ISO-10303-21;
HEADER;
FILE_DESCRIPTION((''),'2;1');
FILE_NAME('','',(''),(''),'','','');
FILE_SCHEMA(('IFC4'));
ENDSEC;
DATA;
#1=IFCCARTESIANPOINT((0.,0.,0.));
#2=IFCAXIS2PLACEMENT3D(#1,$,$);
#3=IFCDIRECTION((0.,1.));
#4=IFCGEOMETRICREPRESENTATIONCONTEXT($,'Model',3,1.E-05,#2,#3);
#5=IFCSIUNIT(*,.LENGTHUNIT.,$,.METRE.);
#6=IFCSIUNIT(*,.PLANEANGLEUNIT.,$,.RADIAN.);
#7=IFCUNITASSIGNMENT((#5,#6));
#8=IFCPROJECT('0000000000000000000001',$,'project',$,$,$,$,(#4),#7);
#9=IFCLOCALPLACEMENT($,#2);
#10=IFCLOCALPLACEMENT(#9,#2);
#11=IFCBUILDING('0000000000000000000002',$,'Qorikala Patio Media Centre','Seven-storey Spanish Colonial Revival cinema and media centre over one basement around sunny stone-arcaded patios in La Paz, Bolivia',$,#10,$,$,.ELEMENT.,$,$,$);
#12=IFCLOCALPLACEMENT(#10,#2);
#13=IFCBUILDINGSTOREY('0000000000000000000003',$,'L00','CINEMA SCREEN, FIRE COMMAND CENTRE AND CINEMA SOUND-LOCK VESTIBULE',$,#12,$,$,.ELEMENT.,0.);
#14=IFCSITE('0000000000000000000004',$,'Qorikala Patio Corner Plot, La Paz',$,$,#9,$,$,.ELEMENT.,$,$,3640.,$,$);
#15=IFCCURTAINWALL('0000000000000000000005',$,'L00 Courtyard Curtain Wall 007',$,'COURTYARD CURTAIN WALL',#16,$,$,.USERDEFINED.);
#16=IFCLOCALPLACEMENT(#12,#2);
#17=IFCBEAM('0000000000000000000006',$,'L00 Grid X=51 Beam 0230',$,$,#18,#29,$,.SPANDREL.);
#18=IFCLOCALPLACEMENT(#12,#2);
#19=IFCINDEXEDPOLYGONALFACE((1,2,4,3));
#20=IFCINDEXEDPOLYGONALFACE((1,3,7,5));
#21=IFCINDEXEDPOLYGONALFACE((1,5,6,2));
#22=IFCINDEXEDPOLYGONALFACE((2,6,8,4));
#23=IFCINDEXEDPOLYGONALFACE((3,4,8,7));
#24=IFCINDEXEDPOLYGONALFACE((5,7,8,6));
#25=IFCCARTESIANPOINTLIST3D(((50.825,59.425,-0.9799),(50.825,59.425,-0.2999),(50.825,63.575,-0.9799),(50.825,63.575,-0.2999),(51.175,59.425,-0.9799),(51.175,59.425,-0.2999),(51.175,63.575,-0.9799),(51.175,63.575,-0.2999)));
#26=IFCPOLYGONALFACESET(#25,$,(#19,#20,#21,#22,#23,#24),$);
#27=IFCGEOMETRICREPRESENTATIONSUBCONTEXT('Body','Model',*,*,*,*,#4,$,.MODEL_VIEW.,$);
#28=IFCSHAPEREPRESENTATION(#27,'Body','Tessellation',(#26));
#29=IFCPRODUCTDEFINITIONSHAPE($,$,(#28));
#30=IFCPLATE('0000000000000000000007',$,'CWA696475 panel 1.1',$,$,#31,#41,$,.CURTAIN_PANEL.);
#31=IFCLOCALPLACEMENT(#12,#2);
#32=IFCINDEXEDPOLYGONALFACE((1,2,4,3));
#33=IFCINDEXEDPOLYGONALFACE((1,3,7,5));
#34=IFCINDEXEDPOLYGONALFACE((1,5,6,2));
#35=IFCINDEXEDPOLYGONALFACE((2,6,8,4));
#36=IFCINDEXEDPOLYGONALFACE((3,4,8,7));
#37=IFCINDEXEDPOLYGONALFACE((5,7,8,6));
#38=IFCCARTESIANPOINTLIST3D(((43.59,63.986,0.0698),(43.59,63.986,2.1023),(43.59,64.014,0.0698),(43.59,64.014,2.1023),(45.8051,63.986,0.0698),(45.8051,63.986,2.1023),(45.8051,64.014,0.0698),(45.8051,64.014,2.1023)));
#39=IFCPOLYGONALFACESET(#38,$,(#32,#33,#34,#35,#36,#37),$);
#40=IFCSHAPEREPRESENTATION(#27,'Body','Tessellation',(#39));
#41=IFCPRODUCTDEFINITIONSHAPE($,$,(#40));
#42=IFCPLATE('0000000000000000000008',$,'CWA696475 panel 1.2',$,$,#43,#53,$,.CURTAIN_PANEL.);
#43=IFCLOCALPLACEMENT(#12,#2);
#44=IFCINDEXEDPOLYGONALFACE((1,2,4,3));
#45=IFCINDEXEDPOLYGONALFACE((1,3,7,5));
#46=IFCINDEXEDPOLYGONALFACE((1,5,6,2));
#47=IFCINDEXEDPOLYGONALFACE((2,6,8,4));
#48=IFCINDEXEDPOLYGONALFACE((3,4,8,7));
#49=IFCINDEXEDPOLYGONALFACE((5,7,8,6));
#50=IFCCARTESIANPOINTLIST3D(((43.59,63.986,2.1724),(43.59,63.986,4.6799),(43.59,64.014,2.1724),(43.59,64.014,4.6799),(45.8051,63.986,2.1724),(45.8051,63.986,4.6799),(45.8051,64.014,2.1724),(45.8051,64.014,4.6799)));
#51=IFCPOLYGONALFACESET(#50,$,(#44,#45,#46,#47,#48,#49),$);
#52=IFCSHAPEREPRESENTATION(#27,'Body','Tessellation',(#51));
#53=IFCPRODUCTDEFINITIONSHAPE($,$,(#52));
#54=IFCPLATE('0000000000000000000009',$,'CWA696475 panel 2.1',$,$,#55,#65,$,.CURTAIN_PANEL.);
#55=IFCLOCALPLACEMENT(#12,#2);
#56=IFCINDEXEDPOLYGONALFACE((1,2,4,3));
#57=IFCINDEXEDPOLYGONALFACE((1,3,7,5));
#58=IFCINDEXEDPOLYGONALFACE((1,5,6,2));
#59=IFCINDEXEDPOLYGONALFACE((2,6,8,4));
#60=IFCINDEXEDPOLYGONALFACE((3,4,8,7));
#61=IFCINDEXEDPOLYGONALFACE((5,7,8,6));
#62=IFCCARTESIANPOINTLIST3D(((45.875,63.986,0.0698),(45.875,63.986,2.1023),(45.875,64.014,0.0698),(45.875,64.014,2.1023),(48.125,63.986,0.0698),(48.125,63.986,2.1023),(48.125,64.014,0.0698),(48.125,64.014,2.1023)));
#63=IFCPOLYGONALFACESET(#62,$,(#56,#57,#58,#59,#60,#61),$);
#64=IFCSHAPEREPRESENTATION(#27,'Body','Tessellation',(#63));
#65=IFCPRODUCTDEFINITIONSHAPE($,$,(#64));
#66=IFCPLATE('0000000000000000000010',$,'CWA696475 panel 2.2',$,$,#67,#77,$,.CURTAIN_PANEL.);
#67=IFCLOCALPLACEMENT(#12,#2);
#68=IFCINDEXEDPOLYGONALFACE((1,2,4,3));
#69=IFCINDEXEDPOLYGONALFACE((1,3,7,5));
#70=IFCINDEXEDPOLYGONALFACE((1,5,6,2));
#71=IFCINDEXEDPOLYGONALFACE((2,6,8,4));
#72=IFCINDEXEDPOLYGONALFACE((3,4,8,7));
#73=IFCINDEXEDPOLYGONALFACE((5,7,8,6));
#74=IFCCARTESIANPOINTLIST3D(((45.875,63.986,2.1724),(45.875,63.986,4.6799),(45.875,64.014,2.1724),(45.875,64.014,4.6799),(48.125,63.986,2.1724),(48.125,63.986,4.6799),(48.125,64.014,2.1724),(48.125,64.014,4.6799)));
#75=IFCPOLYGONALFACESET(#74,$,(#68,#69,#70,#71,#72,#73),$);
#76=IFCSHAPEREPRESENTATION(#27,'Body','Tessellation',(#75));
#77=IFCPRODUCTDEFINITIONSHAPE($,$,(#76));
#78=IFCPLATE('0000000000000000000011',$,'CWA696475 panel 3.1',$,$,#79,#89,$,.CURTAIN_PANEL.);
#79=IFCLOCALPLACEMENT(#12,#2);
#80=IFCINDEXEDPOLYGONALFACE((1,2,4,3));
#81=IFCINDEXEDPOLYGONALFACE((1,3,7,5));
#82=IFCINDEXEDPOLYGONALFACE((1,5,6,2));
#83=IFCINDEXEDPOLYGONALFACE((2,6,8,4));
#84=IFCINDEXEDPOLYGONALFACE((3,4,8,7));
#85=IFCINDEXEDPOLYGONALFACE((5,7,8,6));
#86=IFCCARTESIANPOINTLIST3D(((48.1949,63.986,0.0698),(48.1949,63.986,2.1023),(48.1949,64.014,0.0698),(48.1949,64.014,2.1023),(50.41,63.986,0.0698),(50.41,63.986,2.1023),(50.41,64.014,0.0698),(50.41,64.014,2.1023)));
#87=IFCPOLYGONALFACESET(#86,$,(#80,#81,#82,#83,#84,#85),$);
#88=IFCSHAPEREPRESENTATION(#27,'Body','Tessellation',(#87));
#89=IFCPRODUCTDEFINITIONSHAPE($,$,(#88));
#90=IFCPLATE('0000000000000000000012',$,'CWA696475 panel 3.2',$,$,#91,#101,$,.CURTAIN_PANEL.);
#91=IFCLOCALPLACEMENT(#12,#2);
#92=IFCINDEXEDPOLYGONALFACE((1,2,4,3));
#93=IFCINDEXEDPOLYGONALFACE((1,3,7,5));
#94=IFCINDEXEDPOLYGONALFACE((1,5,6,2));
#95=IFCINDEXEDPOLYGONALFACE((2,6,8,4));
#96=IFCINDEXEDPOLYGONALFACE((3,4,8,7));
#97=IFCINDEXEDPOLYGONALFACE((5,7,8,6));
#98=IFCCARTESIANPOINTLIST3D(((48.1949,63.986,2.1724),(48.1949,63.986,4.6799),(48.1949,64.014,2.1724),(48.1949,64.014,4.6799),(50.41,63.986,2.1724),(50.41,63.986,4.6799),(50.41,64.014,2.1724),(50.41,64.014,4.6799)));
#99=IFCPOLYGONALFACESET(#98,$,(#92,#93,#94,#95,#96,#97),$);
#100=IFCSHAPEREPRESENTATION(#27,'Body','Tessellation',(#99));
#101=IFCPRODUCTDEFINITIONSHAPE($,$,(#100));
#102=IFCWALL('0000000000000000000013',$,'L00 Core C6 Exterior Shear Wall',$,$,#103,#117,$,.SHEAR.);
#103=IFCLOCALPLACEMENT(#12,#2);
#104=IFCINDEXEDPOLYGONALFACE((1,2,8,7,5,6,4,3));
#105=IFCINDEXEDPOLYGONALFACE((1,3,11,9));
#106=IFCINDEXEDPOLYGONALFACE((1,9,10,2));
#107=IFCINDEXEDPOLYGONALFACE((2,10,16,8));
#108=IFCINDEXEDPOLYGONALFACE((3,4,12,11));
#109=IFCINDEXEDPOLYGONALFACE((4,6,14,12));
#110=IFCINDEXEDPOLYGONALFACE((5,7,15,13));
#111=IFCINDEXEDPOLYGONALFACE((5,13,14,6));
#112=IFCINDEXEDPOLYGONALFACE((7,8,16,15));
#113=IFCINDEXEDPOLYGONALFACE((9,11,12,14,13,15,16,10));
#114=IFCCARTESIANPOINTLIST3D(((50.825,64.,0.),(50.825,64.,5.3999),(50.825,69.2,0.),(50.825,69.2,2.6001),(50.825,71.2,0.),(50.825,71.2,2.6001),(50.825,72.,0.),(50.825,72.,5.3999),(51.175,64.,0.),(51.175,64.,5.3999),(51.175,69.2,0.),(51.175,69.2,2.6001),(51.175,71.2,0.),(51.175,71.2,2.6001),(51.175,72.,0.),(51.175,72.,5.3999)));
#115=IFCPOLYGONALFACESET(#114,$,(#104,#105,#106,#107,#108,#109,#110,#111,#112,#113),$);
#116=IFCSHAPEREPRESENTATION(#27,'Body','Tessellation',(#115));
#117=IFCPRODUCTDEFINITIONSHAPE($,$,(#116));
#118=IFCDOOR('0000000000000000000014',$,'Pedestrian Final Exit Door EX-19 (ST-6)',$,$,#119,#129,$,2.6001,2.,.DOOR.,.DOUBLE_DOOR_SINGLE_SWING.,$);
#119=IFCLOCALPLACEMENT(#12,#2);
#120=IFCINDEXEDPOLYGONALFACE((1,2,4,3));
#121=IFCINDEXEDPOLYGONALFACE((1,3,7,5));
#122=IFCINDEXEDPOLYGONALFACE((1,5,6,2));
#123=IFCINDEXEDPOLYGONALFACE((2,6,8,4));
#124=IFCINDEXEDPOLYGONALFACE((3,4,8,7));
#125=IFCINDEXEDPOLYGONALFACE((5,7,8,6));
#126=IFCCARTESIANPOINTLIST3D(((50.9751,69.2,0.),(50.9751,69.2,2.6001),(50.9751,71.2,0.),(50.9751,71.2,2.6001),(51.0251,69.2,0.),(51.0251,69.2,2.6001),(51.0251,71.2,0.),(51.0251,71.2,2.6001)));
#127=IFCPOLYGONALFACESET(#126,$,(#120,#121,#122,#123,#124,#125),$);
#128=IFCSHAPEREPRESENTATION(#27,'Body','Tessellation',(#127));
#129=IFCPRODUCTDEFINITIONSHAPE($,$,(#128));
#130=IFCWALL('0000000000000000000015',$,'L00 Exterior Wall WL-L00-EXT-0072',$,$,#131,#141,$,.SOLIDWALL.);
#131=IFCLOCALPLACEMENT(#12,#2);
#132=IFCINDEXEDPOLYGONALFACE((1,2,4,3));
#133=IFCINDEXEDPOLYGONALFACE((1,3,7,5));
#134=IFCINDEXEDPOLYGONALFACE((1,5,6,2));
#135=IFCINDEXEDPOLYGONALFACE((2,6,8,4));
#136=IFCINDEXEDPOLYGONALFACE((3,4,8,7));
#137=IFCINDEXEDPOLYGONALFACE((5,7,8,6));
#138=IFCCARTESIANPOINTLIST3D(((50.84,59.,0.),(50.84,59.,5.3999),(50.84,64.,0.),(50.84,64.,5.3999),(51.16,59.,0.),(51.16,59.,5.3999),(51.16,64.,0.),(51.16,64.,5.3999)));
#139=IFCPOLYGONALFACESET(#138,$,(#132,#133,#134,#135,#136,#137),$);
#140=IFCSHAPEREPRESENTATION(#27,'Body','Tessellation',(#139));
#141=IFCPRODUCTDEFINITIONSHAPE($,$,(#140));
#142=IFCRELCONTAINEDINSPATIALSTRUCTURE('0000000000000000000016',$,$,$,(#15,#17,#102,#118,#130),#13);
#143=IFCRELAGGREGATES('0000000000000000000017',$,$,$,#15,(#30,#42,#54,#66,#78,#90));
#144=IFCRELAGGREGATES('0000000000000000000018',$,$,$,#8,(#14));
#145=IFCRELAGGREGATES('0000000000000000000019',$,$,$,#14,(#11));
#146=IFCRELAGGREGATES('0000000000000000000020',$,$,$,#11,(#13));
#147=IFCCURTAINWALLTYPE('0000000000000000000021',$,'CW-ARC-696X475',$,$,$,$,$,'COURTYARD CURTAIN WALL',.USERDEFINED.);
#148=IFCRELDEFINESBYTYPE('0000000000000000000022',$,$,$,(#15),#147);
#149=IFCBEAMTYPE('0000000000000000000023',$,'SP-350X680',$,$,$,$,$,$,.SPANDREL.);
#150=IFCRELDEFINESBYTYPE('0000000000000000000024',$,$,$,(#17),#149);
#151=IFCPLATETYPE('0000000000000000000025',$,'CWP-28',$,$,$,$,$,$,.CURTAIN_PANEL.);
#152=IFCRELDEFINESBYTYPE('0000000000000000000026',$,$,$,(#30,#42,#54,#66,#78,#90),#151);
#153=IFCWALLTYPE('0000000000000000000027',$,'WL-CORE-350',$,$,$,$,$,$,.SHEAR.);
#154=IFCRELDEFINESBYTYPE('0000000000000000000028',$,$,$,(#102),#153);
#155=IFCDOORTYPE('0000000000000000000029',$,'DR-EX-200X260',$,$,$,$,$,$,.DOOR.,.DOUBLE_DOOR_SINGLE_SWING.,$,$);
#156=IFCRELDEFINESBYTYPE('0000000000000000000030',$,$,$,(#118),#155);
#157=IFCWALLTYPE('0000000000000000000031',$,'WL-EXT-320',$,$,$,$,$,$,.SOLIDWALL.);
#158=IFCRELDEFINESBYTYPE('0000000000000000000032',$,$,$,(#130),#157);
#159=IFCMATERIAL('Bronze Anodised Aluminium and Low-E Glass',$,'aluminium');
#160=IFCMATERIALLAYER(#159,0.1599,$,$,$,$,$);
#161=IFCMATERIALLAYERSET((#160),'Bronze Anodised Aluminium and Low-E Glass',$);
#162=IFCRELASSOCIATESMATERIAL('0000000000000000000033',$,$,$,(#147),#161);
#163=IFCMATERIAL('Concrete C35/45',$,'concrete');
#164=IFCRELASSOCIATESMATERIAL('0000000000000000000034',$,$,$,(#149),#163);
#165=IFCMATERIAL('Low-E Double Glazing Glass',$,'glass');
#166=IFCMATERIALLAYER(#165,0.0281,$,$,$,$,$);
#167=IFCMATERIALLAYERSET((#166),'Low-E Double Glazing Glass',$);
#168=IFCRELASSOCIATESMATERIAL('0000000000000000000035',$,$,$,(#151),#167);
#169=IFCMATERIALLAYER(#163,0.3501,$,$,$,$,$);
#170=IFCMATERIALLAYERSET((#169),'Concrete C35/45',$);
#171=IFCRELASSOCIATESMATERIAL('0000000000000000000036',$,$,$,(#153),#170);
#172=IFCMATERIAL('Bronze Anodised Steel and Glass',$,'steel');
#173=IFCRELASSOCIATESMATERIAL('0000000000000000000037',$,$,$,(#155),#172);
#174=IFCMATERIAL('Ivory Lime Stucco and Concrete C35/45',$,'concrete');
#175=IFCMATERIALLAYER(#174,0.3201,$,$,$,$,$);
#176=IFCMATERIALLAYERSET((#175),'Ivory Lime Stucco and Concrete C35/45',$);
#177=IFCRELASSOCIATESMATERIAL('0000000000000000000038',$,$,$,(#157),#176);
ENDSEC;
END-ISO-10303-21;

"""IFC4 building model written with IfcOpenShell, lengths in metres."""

from ifc_helpers import new_model, si_unit, direction, frame, frame_2d, origin, origin_2d, place, context, subcontext, project, spatial, rectangle, extrude, material, layer, layer_set, material_profile, profile_set, type_object, element, fill, aggregate, save


model = new_model("IFC4")

# Units and contexts
model_context = context("Model", 3, precision=1e-05, world=origin(), true_north=direction((0.0, 1.0)))
body_context = subcontext(model_context, "Body", "Model", "MODEL_VIEW")
ifc_project = project(units=[si_unit("LENGTHUNIT", "METRE"), si_unit("PLANEANGLEUNIT", "RADIAN")], contexts=[model_context])

# Site, building, storey
site_placement = place(None, origin())
site = spatial("IfcSite", under=ifc_project, at=site_placement, Name="Qorikala Patio Corner Plot, La Paz", CompositionType="ELEMENT", RefElevation=3640.0)
building_placement = place(site_placement, origin())
building = spatial("IfcBuilding", under=site, at=building_placement, Name="Qorikala Patio Media Centre", Description="Seven-storey Spanish Colonial Revival cinema and media centre over one basement around sunny stone-arcaded patios in La Paz, Bolivia", CompositionType="ELEMENT")
storey_placement = place(building_placement, origin())
storey = spatial("IfcBuildingStorey", under=building, at=storey_placement, Name="L00", Description="CINEMA SCREEN, FIRE COMMAND CENTRE AND CINEMA SOUND-LOCK VESTIBULE", CompositionType="ELEMENT", Elevation=0.0)

# Shared definitions
ifc_material_1 = material(Name="Concrete C35/45", Category="concrete")

# Curtain wall
ifc_material_2 = material(Name="Bronze Anodised Aluminium and Low-E Glass", Category="aluminium")
ifc_layer_1 = layer(ifc_material_2, 0.1599)
ifc_layer_set_1 = layer_set([ifc_layer_1], Name="Bronze Anodised Aluminium and Low-E Glass")
curtain_wall_type = type_object("IfcCurtainWallType", Name="CW-ARC-696X475", ElementType="COURTYARD CURTAIN WALL", PredefinedType="USERDEFINED", material=ifc_layer_set_1)
curtain_wall_placement = place(storey_placement, origin())
curtain_wall = element("IfcCurtainWall", 1, at=curtain_wall_placement, inside=storey, type_object=curtain_wall_type, Name="L00 Courtyard Curtain Wall 007", ObjectType="COURTYARD CURTAIN WALL", PredefinedType="USERDEFINED")

# Beam
ifc_material_profile_1 = material_profile(ifc_material_1, rectangle(XDim=0.3501, YDim=0.6799, at=origin_2d()), Name="RC 350x680")
ifc_profile_set_1 = profile_set([ifc_material_profile_1], Name="Concrete C35/45")
beam_type = type_object("IfcBeamType", Name="SP-350X680", PredefinedType="SPANDREL", material=ifc_profile_set_1)
beam_placement = place(storey_placement, frame((51.0, 59.425, -0.6399), z_axis=(0.0, 1.0, 0.0), x_axis=(-1.0, 0.0, 0.0)))
element("IfcBeam", 2, at=beam_placement, inside=storey, type_object=beam_type, Name="L00 Grid X=51 Beam 0230", PredefinedType="SPANDREL", context=body_context, shape_type="SweptSolid", body=[
    extrude(rectangle(XDim=0.3501, YDim=0.6799, at=origin_2d()), origin(), (0.0, 0.0, 1.0), 4.1499),
])

# Plates
ifc_material_3 = material(Name="Low-E Double Glazing Glass", Category="glass")
ifc_layer_2 = layer(ifc_material_3, 0.0281)
ifc_layer_set_2 = layer_set([ifc_layer_2], Name="Low-E Double Glazing Glass")
plate_type = type_object("IfcPlateType", Name="CWP-28", PredefinedType="CURTAIN_PANEL", material=ifc_layer_set_2)
plate_1_placement = place(storey_placement, frame((44.6975, 64.0, 0.0698), z_axis=(0.0, 0.0, 1.0), x_axis=(1.0, 0.0, 0.0)))
plate_1 = element("IfcPlate", 3, at=plate_1_placement, type_object=plate_type, Name="CWA696475 panel 1.1", PredefinedType="CURTAIN_PANEL", context=body_context, shape_type="SweptSolid", body=[
    extrude(rectangle(XDim=2.2151, YDim=0.0281, at=origin_2d()), origin(), (0.0, 0.0, 1.0), 2.0325),
])
plate_2_placement = place(storey_placement, frame((44.6975, 64.0, 2.1724), z_axis=(0.0, 0.0, 1.0), x_axis=(1.0, 0.0, 0.0)))
plate_2 = element("IfcPlate", 4, at=plate_2_placement, type_object=plate_type, Name="CWA696475 panel 1.2", PredefinedType="CURTAIN_PANEL", context=body_context, shape_type="SweptSolid", body=[
    extrude(rectangle(XDim=2.2151, YDim=0.0281, at=origin_2d()), origin(), (0.0, 0.0, 1.0), 2.5076),
])
plate_3_placement = place(storey_placement, frame((47.0, 64.0, 0.0698), z_axis=(0.0, 0.0, 1.0), x_axis=(1.0, 0.0, 0.0)))
plate_3 = element("IfcPlate", 5, at=plate_3_placement, type_object=plate_type, Name="CWA696475 panel 2.1", PredefinedType="CURTAIN_PANEL", context=body_context, shape_type="SweptSolid", body=[
    extrude(rectangle(XDim=2.25, YDim=0.0281, at=origin_2d()), origin(), (0.0, 0.0, 1.0), 2.0325),
])
plate_4_placement = place(storey_placement, frame((47.0, 64.0, 2.1724), z_axis=(0.0, 0.0, 1.0), x_axis=(1.0, 0.0, 0.0)))
plate_4 = element("IfcPlate", 6, at=plate_4_placement, type_object=plate_type, Name="CWA696475 panel 2.2", PredefinedType="CURTAIN_PANEL", context=body_context, shape_type="SweptSolid", body=[
    extrude(rectangle(XDim=2.25, YDim=0.0281, at=origin_2d()), origin(), (0.0, 0.0, 1.0), 2.5076),
])
plate_5_placement = place(storey_placement, frame((49.3025, 64.0, 0.0698), z_axis=(0.0, 0.0, 1.0), x_axis=(1.0, 0.0, 0.0)))
plate_5 = element("IfcPlate", 7, at=plate_5_placement, type_object=plate_type, Name="CWA696475 panel 3.1", PredefinedType="CURTAIN_PANEL", context=body_context, shape_type="SweptSolid", body=[
    extrude(rectangle(XDim=2.2151, YDim=0.0281, at=origin_2d()), origin(), (0.0, 0.0, 1.0), 2.0325),
])
plate_6_placement = place(storey_placement, frame((49.3025, 64.0, 2.1724), z_axis=(0.0, 0.0, 1.0), x_axis=(1.0, 0.0, 0.0)))
plate_6 = element("IfcPlate", 8, at=plate_6_placement, type_object=plate_type, Name="CWA696475 panel 3.2", PredefinedType="CURTAIN_PANEL", context=body_context, shape_type="SweptSolid", body=[
    extrude(rectangle(XDim=2.2151, YDim=0.0281, at=origin_2d()), origin(), (0.0, 0.0, 1.0), 2.5076),
])
aggregate(curtain_wall, [plate_1, plate_2, plate_3, plate_4, plate_5, plate_6])

# Wall, opening, door
ifc_layer_3 = layer(ifc_material_1, 0.3501)
ifc_layer_set_3 = layer_set([ifc_layer_3], Name="Concrete C35/45")
wall_type_1 = type_object("IfcWallType", Name="WL-CORE-350", PredefinedType="SHEAR", material=ifc_layer_set_3)
wall_1_placement = place(storey_placement, frame((51.0, 64.0, 0.0), z_axis=(0.0, 0.0, 1.0), x_axis=(0.0, 1.0, 0.0)))
wall_1 = element("IfcWall", 9, at=wall_1_placement, inside=storey, type_object=wall_type_1, Name="L00 Core C6 Exterior Shear Wall", PredefinedType="SHEAR", context=body_context, shape_type="SweptSolid", body=[
    extrude(rectangle(XDim=8.0, YDim=0.3501, at=frame_2d((4.0, 0.0))), origin(), (0.0, 0.0, 1.0), 5.3999),
])
opening_placement = place(wall_1_placement, frame((5.2, 0.0, 0.0)))
opening = element("IfcOpeningElement", 10, at=opening_placement, cuts=wall_1, PredefinedType="OPENING", context=body_context, shape_type="SweptSolid", body=[
    extrude(rectangle(XDim=2.0, YDim=2.6001, at=frame_2d((1.0, 1.3))), frame((0.0, 0.1851, 0.0), z_axis=(0.0, -1.0, 0.0), x_axis=(1.0, 0.0, 0.0)), (0.0, 0.0, 1.0), 0.3701),
])
ifc_material_4 = material(Name="Bronze Anodised Steel and Glass", Category="steel")
door_type = type_object("IfcDoorType", Name="DR-EX-200X260", OperationType="DOUBLE_DOOR_SINGLE_SWING", PredefinedType="DOOR", material=ifc_material_4)
door_placement = place(opening_placement, origin())
door = element("IfcDoor", 11, at=door_placement, inside=storey, type_object=door_type, Name="Pedestrian Final Exit Door EX-19 (ST-6)", OperationType="DOUBLE_DOOR_SINGLE_SWING", OverallHeight=2.6001, OverallWidth=2.0, PredefinedType="DOOR", context=body_context, shape_type="SweptSolid", body=[
    extrude(rectangle(XDim=2.0, YDim=2.6001, at=frame_2d((1.0, 1.3))), frame((0.0, 0.0249, 0.0), z_axis=(0.0, -1.0, 0.0), x_axis=(1.0, 0.0, 0.0)), (0.0, 0.0, 1.0), 0.05),
])
fill(opening, door)

# Wall
ifc_material_5 = material(Name="Ivory Lime Stucco and Concrete C35/45", Category="concrete")
ifc_layer_4 = layer(ifc_material_5, 0.3201)
ifc_layer_set_4 = layer_set([ifc_layer_4], Name="Ivory Lime Stucco and Concrete C35/45")
wall_type_2 = type_object("IfcWallType", Name="WL-EXT-320", PredefinedType="SOLIDWALL", material=ifc_layer_set_4)
wall_2_placement = place(storey_placement, frame((51.0, 64.0, 0.0), z_axis=(0.0, 0.0, 1.0), x_axis=(0.0, -1.0, 0.0)))
element("IfcWall", 12, at=wall_2_placement, inside=storey, type_object=wall_type_2, Name="L00 Exterior Wall WL-L00-EXT-0072", PredefinedType="SOLIDWALL", context=body_context, shape_type="SweptSolid", body=[
    extrude(rectangle(XDim=5.0, YDim=0.3201, at=frame_2d((2.5, 0.0))), origin(), (0.0, 0.0, 1.0), 5.3999),
])

save(model, "model.ifc")
